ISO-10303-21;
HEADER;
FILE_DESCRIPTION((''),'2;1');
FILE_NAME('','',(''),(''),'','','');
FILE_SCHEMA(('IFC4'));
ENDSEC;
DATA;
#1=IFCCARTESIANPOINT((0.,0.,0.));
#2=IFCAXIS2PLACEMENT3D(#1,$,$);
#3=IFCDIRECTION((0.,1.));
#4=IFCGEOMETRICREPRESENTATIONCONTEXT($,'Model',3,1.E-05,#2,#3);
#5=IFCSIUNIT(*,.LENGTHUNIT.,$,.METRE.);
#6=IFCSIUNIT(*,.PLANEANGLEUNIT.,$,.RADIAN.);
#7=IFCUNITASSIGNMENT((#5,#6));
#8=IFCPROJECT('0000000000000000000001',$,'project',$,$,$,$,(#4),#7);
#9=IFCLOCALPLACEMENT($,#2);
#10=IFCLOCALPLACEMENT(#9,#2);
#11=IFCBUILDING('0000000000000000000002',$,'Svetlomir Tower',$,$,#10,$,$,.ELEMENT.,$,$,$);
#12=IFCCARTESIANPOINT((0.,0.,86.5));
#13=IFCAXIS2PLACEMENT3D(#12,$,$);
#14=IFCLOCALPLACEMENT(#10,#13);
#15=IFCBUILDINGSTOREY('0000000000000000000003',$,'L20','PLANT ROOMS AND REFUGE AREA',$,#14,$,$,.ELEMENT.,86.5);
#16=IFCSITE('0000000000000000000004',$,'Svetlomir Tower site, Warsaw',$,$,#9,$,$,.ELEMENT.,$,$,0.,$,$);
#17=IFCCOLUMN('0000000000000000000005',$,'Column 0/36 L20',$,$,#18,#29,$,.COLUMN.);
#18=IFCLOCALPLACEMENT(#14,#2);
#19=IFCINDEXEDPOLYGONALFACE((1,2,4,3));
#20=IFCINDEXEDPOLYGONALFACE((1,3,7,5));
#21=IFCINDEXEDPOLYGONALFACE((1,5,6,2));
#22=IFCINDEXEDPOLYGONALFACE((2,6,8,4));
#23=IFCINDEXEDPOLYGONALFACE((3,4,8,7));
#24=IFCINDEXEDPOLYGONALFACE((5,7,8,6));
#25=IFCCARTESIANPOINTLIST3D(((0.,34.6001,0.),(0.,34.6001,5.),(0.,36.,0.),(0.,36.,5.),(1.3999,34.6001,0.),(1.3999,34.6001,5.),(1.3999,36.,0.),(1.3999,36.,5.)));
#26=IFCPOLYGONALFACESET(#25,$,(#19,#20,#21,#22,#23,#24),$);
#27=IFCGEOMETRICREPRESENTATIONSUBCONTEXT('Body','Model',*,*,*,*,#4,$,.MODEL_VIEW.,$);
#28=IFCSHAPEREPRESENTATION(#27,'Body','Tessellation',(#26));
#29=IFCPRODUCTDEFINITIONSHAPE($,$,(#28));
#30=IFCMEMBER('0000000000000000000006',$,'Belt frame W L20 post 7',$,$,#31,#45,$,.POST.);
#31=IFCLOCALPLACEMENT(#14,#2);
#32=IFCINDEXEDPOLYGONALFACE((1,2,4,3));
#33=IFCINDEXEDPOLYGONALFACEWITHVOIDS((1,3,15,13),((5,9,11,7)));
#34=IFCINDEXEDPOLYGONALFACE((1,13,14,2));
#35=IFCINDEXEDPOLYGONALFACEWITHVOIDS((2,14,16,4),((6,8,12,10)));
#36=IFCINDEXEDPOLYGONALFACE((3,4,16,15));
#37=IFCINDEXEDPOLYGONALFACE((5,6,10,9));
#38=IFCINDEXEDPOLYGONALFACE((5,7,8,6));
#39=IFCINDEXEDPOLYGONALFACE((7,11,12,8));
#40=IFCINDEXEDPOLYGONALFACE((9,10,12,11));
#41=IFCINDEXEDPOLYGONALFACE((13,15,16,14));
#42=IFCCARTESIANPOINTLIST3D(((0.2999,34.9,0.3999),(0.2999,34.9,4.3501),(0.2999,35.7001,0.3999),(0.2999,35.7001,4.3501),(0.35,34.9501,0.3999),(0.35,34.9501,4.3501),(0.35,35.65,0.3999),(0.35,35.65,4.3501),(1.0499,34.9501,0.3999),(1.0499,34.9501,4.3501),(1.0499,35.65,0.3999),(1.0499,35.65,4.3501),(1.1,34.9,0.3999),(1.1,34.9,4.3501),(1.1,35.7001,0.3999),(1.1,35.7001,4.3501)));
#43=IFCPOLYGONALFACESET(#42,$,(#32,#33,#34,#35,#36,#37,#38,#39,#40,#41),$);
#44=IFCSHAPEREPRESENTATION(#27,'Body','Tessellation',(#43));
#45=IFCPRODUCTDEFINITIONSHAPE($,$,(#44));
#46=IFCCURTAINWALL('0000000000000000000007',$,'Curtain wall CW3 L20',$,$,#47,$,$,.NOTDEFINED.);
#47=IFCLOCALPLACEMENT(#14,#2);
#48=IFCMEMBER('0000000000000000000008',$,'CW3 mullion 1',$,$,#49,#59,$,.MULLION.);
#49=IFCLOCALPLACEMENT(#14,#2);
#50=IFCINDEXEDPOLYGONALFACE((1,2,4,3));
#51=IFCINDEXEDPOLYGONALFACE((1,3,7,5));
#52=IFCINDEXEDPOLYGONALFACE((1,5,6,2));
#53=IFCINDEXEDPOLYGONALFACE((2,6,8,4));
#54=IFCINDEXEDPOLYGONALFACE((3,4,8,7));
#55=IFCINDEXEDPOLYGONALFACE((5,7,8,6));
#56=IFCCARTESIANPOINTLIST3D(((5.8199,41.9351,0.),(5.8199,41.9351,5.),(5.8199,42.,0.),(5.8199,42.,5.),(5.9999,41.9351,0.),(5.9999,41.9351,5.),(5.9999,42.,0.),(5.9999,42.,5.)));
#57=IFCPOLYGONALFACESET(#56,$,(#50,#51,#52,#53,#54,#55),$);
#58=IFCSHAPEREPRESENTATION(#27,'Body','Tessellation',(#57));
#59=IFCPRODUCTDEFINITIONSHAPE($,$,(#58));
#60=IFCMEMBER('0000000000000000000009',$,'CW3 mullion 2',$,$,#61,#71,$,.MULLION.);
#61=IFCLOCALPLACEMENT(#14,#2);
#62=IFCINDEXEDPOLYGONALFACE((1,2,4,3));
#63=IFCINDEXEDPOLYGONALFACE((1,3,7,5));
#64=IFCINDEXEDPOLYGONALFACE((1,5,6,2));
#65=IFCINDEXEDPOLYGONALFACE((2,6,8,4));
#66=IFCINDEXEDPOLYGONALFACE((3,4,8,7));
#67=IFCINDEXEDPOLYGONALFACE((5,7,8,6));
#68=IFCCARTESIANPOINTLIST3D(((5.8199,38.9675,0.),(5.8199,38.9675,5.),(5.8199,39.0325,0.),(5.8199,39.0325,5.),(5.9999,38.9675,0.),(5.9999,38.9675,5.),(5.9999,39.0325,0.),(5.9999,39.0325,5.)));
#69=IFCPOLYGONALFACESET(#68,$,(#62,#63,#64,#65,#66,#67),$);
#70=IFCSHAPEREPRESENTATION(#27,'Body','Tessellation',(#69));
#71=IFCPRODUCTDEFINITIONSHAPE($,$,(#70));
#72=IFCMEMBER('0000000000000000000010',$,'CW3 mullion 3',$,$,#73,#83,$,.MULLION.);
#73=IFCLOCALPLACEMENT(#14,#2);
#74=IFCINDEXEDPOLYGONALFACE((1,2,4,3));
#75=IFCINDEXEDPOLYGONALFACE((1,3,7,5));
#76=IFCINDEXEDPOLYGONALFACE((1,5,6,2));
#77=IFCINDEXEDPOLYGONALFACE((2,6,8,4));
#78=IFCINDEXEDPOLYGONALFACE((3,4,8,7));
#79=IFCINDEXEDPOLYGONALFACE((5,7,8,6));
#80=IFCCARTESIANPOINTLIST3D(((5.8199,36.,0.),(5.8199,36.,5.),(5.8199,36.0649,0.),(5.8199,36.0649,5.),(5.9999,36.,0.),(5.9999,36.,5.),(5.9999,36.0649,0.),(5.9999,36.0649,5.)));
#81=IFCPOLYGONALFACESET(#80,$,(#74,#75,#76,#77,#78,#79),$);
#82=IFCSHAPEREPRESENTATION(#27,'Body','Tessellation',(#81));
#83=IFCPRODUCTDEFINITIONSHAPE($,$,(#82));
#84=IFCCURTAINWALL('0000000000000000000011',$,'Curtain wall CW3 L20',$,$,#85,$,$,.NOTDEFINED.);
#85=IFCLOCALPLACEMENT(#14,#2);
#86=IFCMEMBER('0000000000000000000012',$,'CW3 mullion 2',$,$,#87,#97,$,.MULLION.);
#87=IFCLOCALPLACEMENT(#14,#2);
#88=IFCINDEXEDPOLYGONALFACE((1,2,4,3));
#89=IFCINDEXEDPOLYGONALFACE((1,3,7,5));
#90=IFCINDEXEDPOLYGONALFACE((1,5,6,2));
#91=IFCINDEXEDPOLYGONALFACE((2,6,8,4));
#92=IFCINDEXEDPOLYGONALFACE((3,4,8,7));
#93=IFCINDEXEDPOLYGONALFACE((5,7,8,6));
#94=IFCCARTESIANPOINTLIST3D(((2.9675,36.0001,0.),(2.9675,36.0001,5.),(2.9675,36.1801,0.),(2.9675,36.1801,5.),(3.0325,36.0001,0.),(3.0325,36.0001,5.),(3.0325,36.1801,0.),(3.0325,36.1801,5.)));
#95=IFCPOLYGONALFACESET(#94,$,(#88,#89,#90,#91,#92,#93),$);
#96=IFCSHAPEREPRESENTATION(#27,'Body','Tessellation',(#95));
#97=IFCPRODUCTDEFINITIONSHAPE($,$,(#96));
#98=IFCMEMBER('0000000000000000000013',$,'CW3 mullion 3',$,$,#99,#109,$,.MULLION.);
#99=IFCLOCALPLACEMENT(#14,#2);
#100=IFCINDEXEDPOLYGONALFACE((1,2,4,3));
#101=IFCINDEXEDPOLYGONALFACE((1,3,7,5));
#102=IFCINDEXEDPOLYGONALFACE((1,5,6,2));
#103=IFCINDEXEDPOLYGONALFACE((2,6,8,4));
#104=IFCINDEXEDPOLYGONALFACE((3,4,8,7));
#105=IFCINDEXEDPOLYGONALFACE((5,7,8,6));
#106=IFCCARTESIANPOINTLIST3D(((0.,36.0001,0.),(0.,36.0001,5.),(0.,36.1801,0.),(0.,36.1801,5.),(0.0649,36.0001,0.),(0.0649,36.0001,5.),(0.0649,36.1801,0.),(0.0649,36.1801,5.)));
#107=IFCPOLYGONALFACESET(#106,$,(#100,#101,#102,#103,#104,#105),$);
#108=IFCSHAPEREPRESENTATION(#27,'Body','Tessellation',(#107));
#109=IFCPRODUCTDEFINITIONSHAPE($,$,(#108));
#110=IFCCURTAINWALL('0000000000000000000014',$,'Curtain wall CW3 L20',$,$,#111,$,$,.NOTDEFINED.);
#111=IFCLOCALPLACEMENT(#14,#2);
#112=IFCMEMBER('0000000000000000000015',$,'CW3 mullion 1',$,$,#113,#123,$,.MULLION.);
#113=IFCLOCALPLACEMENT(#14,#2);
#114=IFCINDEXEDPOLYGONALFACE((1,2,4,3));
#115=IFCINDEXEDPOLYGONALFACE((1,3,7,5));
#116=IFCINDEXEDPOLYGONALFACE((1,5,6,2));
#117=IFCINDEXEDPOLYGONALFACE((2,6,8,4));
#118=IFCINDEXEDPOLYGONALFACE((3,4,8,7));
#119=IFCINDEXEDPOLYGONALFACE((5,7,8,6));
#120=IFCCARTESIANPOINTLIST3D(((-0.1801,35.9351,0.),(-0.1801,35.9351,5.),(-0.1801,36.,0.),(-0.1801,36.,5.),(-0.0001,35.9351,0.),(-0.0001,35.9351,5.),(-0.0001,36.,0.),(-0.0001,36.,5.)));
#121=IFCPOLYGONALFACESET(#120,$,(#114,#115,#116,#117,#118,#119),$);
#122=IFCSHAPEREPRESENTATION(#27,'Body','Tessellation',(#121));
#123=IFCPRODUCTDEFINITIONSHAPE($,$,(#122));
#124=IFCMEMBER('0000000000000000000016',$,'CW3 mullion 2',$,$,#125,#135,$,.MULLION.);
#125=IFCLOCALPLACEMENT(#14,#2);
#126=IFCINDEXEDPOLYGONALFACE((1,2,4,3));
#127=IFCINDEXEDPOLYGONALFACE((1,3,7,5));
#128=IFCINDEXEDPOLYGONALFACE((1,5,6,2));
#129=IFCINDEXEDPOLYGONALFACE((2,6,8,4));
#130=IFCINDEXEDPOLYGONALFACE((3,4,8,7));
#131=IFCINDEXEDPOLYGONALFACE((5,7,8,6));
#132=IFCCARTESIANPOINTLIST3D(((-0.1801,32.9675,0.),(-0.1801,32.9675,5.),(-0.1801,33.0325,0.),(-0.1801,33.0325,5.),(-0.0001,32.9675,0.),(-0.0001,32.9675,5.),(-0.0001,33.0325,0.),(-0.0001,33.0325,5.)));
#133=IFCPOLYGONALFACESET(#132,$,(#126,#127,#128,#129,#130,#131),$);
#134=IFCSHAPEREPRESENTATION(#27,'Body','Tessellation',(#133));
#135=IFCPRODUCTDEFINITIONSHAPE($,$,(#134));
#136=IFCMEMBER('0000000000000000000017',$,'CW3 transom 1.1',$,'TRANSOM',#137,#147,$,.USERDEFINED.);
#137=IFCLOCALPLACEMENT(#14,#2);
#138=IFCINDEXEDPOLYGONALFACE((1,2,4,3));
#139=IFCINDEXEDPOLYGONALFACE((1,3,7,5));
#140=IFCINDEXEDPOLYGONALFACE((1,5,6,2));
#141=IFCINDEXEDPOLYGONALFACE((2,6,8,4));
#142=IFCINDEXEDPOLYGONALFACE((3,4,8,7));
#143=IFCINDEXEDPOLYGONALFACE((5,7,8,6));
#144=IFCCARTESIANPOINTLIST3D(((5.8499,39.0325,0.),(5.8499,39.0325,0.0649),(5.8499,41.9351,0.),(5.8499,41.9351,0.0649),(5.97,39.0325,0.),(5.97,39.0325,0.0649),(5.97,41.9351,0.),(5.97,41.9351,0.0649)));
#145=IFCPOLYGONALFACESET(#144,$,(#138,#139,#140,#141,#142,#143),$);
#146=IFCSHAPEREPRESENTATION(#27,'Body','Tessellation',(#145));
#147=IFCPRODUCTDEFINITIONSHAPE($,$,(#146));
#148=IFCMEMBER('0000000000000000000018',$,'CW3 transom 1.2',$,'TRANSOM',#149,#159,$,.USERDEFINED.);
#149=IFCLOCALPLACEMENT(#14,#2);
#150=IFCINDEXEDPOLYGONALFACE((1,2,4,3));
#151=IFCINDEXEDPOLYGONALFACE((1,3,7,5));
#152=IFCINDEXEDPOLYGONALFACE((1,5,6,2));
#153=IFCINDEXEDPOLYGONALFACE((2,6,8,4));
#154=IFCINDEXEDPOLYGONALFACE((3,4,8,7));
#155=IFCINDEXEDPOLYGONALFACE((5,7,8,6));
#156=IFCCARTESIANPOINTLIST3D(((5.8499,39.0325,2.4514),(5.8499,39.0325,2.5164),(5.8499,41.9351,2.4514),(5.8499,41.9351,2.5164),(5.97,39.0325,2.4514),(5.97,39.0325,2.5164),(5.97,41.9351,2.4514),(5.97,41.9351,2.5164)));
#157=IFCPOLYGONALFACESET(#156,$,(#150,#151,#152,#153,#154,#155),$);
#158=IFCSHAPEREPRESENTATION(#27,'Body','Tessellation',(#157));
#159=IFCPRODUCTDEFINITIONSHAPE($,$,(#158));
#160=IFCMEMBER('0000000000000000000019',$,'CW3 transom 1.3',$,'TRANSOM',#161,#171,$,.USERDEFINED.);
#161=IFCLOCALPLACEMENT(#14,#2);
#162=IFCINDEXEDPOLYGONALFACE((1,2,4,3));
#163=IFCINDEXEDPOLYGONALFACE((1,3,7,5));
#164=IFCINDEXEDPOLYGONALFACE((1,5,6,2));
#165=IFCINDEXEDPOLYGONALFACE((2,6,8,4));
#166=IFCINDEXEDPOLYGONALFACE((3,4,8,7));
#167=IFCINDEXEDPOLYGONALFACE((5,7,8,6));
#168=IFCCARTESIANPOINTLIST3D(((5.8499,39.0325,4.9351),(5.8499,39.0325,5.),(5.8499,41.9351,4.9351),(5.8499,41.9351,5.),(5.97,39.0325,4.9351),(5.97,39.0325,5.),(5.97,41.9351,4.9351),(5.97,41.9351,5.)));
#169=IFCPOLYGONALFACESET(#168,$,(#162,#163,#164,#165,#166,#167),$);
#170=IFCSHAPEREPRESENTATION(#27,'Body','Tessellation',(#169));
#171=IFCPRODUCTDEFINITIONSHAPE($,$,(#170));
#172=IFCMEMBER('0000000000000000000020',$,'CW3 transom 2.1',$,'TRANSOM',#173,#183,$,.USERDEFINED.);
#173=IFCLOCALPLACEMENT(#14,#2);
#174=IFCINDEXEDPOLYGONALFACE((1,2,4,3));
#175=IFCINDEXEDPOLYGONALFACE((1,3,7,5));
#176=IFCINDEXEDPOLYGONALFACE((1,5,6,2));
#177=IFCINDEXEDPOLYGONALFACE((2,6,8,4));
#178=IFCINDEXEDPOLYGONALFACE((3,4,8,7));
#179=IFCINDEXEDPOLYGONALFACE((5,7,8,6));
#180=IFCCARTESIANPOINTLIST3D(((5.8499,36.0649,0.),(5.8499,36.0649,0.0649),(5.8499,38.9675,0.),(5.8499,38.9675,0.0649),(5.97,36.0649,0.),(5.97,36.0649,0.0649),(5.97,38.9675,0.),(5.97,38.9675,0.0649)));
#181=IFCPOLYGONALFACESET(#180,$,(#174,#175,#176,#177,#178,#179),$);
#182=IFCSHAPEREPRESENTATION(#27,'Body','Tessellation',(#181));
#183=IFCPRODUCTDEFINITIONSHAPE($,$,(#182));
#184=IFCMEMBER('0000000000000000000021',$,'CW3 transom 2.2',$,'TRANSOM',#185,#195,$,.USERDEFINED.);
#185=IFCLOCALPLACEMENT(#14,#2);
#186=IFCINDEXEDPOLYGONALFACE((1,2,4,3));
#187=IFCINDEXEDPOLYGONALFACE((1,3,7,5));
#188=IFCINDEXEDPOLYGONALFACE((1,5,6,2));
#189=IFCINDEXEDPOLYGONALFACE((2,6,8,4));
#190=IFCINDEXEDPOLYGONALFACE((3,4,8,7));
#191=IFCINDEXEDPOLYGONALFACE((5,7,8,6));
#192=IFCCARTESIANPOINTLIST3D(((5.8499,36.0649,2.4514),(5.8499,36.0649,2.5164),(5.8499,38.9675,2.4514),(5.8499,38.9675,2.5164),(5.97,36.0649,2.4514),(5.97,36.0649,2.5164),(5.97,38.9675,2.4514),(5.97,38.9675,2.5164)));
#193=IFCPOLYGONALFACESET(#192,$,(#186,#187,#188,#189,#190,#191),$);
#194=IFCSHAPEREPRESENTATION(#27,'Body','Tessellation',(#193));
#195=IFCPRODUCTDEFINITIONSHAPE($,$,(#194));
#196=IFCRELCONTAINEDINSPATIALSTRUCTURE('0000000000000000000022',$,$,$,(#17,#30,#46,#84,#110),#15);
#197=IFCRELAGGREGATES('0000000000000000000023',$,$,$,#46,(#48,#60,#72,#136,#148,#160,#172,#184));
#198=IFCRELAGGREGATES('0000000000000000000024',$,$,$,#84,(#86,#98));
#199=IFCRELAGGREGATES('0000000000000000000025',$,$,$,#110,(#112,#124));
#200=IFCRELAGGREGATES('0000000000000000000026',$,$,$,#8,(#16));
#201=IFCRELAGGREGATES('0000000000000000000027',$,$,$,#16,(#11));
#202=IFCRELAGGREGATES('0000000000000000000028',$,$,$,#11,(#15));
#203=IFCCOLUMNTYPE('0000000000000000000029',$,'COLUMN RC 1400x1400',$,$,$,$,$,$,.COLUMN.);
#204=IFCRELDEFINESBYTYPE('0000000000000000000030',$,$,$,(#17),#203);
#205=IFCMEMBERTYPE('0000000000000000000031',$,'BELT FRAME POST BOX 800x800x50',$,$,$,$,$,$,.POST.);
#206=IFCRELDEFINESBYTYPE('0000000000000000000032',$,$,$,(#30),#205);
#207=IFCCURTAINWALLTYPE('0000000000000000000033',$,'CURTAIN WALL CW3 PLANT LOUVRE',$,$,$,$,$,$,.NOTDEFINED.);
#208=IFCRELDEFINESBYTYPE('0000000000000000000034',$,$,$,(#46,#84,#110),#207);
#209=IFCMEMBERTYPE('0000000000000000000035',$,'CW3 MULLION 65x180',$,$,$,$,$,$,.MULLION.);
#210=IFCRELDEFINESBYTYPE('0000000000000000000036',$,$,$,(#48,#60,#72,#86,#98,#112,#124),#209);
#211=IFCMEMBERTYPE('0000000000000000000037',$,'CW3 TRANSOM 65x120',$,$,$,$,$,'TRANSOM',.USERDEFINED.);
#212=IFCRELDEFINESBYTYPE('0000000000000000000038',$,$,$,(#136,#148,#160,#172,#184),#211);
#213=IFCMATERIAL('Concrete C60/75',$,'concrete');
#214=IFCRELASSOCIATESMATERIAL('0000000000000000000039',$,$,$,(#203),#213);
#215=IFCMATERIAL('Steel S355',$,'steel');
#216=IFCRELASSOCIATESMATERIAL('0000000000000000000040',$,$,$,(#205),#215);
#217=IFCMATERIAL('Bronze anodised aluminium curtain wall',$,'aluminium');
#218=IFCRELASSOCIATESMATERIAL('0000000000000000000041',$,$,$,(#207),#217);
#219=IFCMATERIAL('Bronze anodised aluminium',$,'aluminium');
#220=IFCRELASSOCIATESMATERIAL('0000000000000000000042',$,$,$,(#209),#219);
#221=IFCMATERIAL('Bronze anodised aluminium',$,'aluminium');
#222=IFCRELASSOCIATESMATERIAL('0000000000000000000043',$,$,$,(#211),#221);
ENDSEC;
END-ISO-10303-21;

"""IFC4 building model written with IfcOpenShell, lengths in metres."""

from ifc_helpers import new_model, si_unit, direction, frame, origin, origin_2d, place, context, subcontext, project, spatial, rectangle, hollow_rectangle, extrude, material, material_profile, profile_set, type_object, element, aggregate, save


model = new_model("IFC4")

# Units and contexts
model_context = context("Model", 3, precision=1e-05, world=origin(), true_north=direction((0.0, 1.0)))
body_context = subcontext(model_context, "Body", "Model", "MODEL_VIEW")
ifc_project = project(units=[si_unit("LENGTHUNIT", "METRE"), si_unit("PLANEANGLEUNIT", "RADIAN")], contexts=[model_context])

# Site, building, storey
site_placement = place(None, origin())
site = spatial("IfcSite", under=ifc_project, at=site_placement, Name="Svetlomir Tower site, Warsaw", CompositionType="ELEMENT", RefElevation=0.0)
building_placement = place(site_placement, origin())
building = spatial("IfcBuilding", under=site, at=building_placement, Name="Svetlomir Tower", CompositionType="ELEMENT")
storey_placement = place(building_placement, frame((0.0, 0.0, 86.5)))
storey = spatial("IfcBuildingStorey", under=building, at=storey_placement, Name="L20", Description="PLANT ROOMS AND REFUGE AREA", CompositionType="ELEMENT", Elevation=86.5)

# Column
ifc_material_1 = material(Name="Concrete C60/75", Category="concrete")
ifc_material_profile_1 = material_profile(ifc_material_1, rectangle(XDim=1.3999, YDim=1.3999, at=origin_2d()), Name="RC 1400x1400")
ifc_profile_set_1 = profile_set([ifc_material_profile_1], Name="Concrete C60/75")
column_type = type_object("IfcColumnType", Name="COLUMN RC 1400x1400", PredefinedType="COLUMN", material=ifc_profile_set_1)
column_placement = place(storey_placement, frame((0.7, 35.3, 0.0), z_axis=(0.0, 0.0, 1.0), x_axis=(1.0, 0.0, 0.0)))
element("IfcColumn", 1, at=column_placement, inside=storey, type_object=column_type, Name="Column 0/36 L20", PredefinedType="COLUMN", context=body_context, shape_type="SweptSolid", body=[
    extrude(rectangle(XDim=1.3999, YDim=1.3999, at=origin_2d()), origin(), (0.0, 0.0, 1.0), 5.0),
])

# Member
ifc_material_2 = material(Name="Steel S355", Category="steel")
ifc_material_profile_2 = material_profile(ifc_material_2, hollow_rectangle(XDim=0.8, YDim=0.8, WallThickness=0.05, at=origin_2d()), Name="BOX 800x800x50")
ifc_profile_set_2 = profile_set([ifc_material_profile_2], Name="Steel S355")
member_type_1 = type_object("IfcMemberType", Name="BELT FRAME POST BOX 800x800x50", PredefinedType="POST", material=ifc_profile_set_2)
member_1_placement = place(storey_placement, frame((0.7, 35.3, 0.3999), z_axis=(0.0, 0.0, 1.0), x_axis=(1.0, 0.0, 0.0)))
element("IfcMember", 2, at=member_1_placement, inside=storey, type_object=member_type_1, Name="Belt frame W L20 post 7", PredefinedType="POST", context=body_context, shape_type="SweptSolid", body=[
    extrude(hollow_rectangle(XDim=0.8, YDim=0.8, WallThickness=0.05, at=origin_2d()), origin(), (0.0, 0.0, 1.0), 3.9502),
])

# Curtain walls, members
ifc_material_3 = material(Name="Bronze anodised aluminium curtain wall", Category="aluminium")
curtain_wall_type = type_object("IfcCurtainWallType", Name="CURTAIN WALL CW3 PLANT LOUVRE", PredefinedType="NOTDEFINED", material=ifc_material_3)
curtain_wall_1_placement = place(storey_placement, origin())
curtain_wall_1 = element("IfcCurtainWall", 3, at=curtain_wall_1_placement, inside=storey, type_object=curtain_wall_type, Name="Curtain wall CW3 L20", PredefinedType="NOTDEFINED")
ifc_material_4 = material(Name="Bronze anodised aluminium", Category="aluminium")
ifc_material_profile_3 = material_profile(ifc_material_4, rectangle(XDim=0.0649, YDim=0.1799, at=origin_2d()), Name="AL 65x180")
ifc_profile_set_3 = profile_set([ifc_material_profile_3], Name="Bronze anodised aluminium 6063-T6")
member_type_2 = type_object("IfcMemberType", Name="CW3 MULLION 65x180", PredefinedType="MULLION", material=ifc_profile_set_3)
member_2_placement = place(storey_placement, frame((5.9099, 41.9675, 0.0), z_axis=(0.0, 0.0, 1.0), x_axis=(0.0, -1.0, 0.0)))
member_2 = element("IfcMember", 4, at=member_2_placement, type_object=member_type_2, Name="CW3 mullion 1", PredefinedType="MULLION", context=body_context, shape_type="SweptSolid", body=[
    extrude(rectangle(XDim=0.0649, YDim=0.1799, at=origin_2d()), origin(), (0.0, 0.0, 1.0), 5.0),
])
member_3_placement = place(storey_placement, frame((5.9099, 39.0, 0.0), z_axis=(0.0, 0.0, 1.0), x_axis=(0.0, -1.0, 0.0)))
member_3 = element("IfcMember", 5, at=member_3_placement, type_object=member_type_2, Name="CW3 mullion 2", PredefinedType="MULLION", context=body_context, shape_type="SweptSolid", body=[
    extrude(rectangle(XDim=0.0649, YDim=0.1799, at=origin_2d()), origin(), (0.0, 0.0, 1.0), 5.0),
])
member_4_placement = place(storey_placement, frame((5.9099, 36.0325, 0.0), z_axis=(0.0, 0.0, 1.0), x_axis=(0.0, -1.0, 0.0)))
member_4 = element("IfcMember", 6, at=member_4_placement, type_object=member_type_2, Name="CW3 mullion 3", PredefinedType="MULLION", context=body_context, shape_type="SweptSolid", body=[
    extrude(rectangle(XDim=0.0649, YDim=0.1799, at=origin_2d()), origin(), (0.0, 0.0, 1.0), 5.0),
])
curtain_wall_2_placement = place(storey_placement, origin())
curtain_wall_2 = element("IfcCurtainWall", 7, at=curtain_wall_2_placement, inside=storey, type_object=curtain_wall_type, Name="Curtain wall CW3 L20", PredefinedType="NOTDEFINED")
member_5_placement = place(storey_placement, frame((3.0, 36.0901, 0.0), z_axis=(0.0, 0.0, 1.0), x_axis=(-1.0, 0.0, 0.0)))
member_5 = element("IfcMember", 8, at=member_5_placement, type_object=member_type_2, Name="CW3 mullion 2", PredefinedType="MULLION", context=body_context, shape_type="SweptSolid", body=[
    extrude(rectangle(XDim=0.0649, YDim=0.1799, at=origin_2d()), origin(), (0.0, 0.0, 1.0), 5.0),
])
member_6_placement = place(storey_placement, frame((0.0325, 36.0901, 0.0), z_axis=(0.0, 0.0, 1.0), x_axis=(-1.0, 0.0, 0.0)))
member_6 = element("IfcMember", 9, at=member_6_placement, type_object=member_type_2, Name="CW3 mullion 3", PredefinedType="MULLION", context=body_context, shape_type="SweptSolid", body=[
    extrude(rectangle(XDim=0.0649, YDim=0.1799, at=origin_2d()), origin(), (0.0, 0.0, 1.0), 5.0),
])
curtain_wall_3_placement = place(storey_placement, origin())
curtain_wall_3 = element("IfcCurtainWall", 10, at=curtain_wall_3_placement, inside=storey, type_object=curtain_wall_type, Name="Curtain wall CW3 L20", PredefinedType="NOTDEFINED")
member_7_placement = place(storey_placement, frame((-0.0901, 35.9675, 0.0), z_axis=(0.0, 0.0, 1.0), x_axis=(0.0, -1.0, 0.0)))
member_7 = element("IfcMember", 11, at=member_7_placement, type_object=member_type_2, Name="CW3 mullion 1", PredefinedType="MULLION", context=body_context, shape_type="SweptSolid", body=[
    extrude(rectangle(XDim=0.0649, YDim=0.1799, at=origin_2d()), origin(), (0.0, 0.0, 1.0), 5.0),
])
member_8_placement = place(storey_placement, frame((-0.0901, 33.0, 0.0), z_axis=(0.0, 0.0, 1.0), x_axis=(0.0, -1.0, 0.0)))
member_8 = element("IfcMember", 12, at=member_8_placement, type_object=member_type_2, Name="CW3 mullion 2", PredefinedType="MULLION", context=body_context, shape_type="SweptSolid", body=[
    extrude(rectangle(XDim=0.0649, YDim=0.1799, at=origin_2d()), origin(), (0.0, 0.0, 1.0), 5.0),
])

# Members
ifc_material_5 = material(Name="Bronze anodised aluminium", Category="aluminium")
ifc_material_profile_4 = material_profile(ifc_material_5, rectangle(XDim=0.1201, YDim=0.0649, at=origin_2d()), Name="AL 120x65")
ifc_profile_set_4 = profile_set([ifc_material_profile_4], Name="Bronze anodised aluminium 6063-T6")
member_type_3 = type_object("IfcMemberType", Name="CW3 TRANSOM 65x120", ElementType="TRANSOM", PredefinedType="USERDEFINED", material=ifc_profile_set_4)
member_9_placement = place(storey_placement, frame((5.9099, 41.9351, 0.0325), z_axis=(0.0, -1.0, 0.0), x_axis=(1.0, 0.0, 0.0)))
member_9 = element("IfcMember", 13, at=member_9_placement, type_object=member_type_3, Name="CW3 transom 1.1", ObjectType="TRANSOM", PredefinedType="USERDEFINED", context=body_context, shape_type="SweptSolid", body=[
    extrude(rectangle(XDim=0.1201, YDim=0.0649, at=origin_2d()), origin(), (0.0, 0.0, 1.0), 2.9026),
])
member_10_placement = place(storey_placement, frame((5.9099, 41.9351, 2.4839), z_axis=(0.0, -1.0, 0.0), x_axis=(1.0, 0.0, 0.0)))
member_10 = element("IfcMember", 14, at=member_10_placement, type_object=member_type_3, Name="CW3 transom 1.2", ObjectType="TRANSOM", PredefinedType="USERDEFINED", context=body_context, shape_type="SweptSolid", body=[
    extrude(rectangle(XDim=0.1201, YDim=0.0649, at=origin_2d()), origin(), (0.0, 0.0, 1.0), 2.9026),
])
member_11_placement = place(storey_placement, frame((5.9099, 41.9351, 4.9675), z_axis=(0.0, -1.0, 0.0), x_axis=(1.0, 0.0, 0.0)))
member_11 = element("IfcMember", 15, at=member_11_placement, type_object=member_type_3, Name="CW3 transom 1.3", ObjectType="TRANSOM", PredefinedType="USERDEFINED", context=body_context, shape_type="SweptSolid", body=[
    extrude(rectangle(XDim=0.1201, YDim=0.0649, at=origin_2d()), origin(), (0.0, 0.0, 1.0), 2.9026),
])
member_12_placement = place(storey_placement, frame((5.9099, 38.9675, 0.0325), z_axis=(0.0, -1.0, 0.0), x_axis=(1.0, 0.0, 0.0)))
member_12 = element("IfcMember", 16, at=member_12_placement, type_object=member_type_3, Name="CW3 transom 2.1", ObjectType="TRANSOM", PredefinedType="USERDEFINED", context=body_context, shape_type="SweptSolid", body=[
    extrude(rectangle(XDim=0.1201, YDim=0.0649, at=origin_2d()), origin(), (0.0, 0.0, 1.0), 2.9026),
])
member_13_placement = place(storey_placement, frame((5.9099, 38.9675, 2.4839), z_axis=(0.0, -1.0, 0.0), x_axis=(1.0, 0.0, 0.0)))
member_13 = element("IfcMember", 17, at=member_13_placement, type_object=member_type_3, Name="CW3 transom 2.2", ObjectType="TRANSOM", PredefinedType="USERDEFINED", context=body_context, shape_type="SweptSolid", body=[
    extrude(rectangle(XDim=0.1201, YDim=0.0649, at=origin_2d()), origin(), (0.0, 0.0, 1.0), 2.9026),
])

aggregate(curtain_wall_1, [member_2, member_3, member_4, member_9, member_10, member_11, member_12, member_13])
aggregate(curtain_wall_2, [member_5, member_6])
aggregate(curtain_wall_3, [member_7, member_8])

save(model, "model.ifc")
